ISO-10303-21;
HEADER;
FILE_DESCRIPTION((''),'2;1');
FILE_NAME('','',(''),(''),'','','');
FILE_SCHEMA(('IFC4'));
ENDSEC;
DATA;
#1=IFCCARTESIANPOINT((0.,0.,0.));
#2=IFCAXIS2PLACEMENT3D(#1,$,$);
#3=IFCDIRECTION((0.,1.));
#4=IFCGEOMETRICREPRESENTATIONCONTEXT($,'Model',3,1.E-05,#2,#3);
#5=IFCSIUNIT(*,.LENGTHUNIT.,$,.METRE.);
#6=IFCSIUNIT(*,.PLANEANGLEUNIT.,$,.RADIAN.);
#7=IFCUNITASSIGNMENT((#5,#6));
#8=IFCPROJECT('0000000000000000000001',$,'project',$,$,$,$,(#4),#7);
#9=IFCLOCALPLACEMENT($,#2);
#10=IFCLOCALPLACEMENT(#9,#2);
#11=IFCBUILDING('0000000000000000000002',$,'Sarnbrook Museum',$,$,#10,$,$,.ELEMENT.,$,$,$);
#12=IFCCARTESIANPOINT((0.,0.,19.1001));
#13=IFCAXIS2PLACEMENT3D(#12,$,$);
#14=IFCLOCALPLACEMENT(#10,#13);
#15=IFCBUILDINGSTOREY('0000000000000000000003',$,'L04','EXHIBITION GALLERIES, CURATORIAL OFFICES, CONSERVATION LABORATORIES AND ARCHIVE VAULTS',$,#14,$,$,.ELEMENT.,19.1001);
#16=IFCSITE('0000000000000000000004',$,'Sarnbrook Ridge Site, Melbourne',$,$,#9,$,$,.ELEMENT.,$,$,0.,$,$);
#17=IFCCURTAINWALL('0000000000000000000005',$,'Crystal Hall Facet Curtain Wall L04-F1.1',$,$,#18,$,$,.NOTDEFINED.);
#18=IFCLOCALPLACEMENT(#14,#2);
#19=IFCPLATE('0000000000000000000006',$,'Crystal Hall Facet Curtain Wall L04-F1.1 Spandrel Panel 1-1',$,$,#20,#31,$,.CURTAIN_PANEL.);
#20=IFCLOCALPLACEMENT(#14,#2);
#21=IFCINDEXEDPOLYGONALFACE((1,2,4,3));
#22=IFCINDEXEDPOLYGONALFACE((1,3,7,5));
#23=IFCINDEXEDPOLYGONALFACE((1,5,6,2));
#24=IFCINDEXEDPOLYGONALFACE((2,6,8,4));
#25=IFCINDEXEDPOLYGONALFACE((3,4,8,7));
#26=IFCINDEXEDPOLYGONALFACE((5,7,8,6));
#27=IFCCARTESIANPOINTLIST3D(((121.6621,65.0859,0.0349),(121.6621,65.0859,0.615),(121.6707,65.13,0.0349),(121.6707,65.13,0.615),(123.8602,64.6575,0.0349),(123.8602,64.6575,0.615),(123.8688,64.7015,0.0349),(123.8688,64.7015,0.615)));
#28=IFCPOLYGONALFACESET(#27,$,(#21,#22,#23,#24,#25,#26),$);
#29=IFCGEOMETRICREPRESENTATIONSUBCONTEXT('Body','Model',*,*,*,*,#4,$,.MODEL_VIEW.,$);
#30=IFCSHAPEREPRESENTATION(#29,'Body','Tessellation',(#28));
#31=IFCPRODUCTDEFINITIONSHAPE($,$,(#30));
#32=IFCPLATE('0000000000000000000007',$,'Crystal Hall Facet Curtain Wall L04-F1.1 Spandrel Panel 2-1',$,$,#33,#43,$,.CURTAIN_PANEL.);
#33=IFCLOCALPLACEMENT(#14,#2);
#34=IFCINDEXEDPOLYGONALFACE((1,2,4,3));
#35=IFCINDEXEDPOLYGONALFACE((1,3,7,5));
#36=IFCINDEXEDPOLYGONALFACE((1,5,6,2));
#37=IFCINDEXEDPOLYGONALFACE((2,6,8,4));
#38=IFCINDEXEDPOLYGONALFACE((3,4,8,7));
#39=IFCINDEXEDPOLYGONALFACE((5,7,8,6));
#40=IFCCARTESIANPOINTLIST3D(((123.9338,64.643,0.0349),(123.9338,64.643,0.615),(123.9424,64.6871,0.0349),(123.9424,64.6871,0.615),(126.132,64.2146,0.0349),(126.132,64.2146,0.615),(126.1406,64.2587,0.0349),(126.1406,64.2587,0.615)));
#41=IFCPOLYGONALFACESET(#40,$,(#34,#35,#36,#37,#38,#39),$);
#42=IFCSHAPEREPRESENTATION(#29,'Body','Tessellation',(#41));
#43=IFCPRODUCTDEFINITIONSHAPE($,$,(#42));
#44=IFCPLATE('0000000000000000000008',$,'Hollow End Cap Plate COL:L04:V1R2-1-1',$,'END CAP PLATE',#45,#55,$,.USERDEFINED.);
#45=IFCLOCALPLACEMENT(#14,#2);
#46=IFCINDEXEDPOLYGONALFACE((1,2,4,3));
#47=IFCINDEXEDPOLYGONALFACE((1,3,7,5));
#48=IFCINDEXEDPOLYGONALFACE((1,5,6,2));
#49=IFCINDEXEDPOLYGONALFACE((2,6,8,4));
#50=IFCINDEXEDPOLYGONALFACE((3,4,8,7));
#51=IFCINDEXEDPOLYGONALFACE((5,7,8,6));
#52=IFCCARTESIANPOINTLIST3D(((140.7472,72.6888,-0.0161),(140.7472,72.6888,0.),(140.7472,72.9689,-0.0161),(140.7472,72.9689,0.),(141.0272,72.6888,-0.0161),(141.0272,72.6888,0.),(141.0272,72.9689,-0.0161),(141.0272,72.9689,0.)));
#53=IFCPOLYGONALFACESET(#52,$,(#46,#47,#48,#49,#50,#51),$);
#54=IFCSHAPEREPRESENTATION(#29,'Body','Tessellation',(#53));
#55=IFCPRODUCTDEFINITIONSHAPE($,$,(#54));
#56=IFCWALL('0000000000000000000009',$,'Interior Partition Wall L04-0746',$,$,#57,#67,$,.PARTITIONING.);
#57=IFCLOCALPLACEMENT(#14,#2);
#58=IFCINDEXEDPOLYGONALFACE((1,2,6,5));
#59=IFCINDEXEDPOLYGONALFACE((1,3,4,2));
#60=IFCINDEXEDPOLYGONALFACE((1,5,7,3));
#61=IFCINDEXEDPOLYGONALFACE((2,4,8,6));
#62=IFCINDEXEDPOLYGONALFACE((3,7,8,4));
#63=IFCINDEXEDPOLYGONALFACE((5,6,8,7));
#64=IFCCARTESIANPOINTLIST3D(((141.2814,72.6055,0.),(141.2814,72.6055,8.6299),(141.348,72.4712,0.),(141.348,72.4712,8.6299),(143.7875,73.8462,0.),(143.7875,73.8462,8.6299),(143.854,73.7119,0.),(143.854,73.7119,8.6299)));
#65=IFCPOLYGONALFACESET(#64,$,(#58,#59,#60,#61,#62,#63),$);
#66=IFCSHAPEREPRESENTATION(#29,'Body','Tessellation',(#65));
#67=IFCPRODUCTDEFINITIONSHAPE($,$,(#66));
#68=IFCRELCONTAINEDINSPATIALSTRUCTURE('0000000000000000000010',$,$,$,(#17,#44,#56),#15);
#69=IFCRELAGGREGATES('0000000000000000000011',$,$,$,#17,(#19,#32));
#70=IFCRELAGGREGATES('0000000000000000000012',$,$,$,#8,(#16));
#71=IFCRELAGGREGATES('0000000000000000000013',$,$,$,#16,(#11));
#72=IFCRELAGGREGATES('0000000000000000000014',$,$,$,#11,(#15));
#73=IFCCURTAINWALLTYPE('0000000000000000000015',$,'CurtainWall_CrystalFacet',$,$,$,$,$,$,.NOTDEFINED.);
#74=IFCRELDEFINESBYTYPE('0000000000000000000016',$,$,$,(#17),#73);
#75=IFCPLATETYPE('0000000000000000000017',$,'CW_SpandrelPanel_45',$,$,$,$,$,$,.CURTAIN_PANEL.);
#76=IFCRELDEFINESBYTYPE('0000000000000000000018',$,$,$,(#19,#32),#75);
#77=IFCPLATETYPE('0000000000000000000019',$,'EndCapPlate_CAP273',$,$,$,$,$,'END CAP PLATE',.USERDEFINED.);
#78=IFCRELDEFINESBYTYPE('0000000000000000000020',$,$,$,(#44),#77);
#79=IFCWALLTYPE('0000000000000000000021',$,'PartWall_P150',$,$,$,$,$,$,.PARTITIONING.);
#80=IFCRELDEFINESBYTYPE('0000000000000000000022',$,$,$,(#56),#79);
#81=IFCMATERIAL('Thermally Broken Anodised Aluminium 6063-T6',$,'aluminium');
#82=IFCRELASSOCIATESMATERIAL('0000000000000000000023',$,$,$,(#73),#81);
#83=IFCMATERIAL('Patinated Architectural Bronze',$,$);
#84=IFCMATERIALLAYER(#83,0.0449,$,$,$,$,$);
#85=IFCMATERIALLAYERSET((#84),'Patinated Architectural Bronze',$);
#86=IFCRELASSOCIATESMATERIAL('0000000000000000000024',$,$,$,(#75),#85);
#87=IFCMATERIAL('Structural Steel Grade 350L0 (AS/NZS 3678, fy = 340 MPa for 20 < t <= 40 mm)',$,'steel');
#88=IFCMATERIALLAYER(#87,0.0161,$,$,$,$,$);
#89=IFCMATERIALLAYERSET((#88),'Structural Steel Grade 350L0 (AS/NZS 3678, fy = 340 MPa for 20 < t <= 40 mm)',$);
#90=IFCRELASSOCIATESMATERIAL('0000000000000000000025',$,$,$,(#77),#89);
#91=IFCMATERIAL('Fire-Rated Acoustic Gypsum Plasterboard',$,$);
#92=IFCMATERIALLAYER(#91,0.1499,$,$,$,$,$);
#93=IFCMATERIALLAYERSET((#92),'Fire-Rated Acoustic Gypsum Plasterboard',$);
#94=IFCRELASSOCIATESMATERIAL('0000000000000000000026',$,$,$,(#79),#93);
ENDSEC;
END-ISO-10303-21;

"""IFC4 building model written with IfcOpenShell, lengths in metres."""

from ifc_helpers import new_model, si_unit, direction, frame, frame_2d, origin, origin_2d, place, context, subcontext, project, spatial, rectangle, extrude, material, layer, layer_set, type_object, element, aggregate, save


model = new_model("IFC4")

# Units and contexts
model_context = context("Model", 3, precision=1e-05, world=origin(), true_north=direction((0.0, 1.0)))
body_context = subcontext(model_context, "Body", "Model", "MODEL_VIEW")
ifc_project = project(units=[si_unit("LENGTHUNIT", "METRE"), si_unit("PLANEANGLEUNIT", "RADIAN")], contexts=[model_context])

# Site, building, storey
site_placement = place(None, origin())
site = spatial("IfcSite", under=ifc_project, at=site_placement, Name="Sarnbrook Ridge Site, Melbourne", CompositionType="ELEMENT", RefElevation=0.0)
building_placement = place(site_placement, origin())
building = spatial("IfcBuilding", under=site, at=building_placement, Name="Sarnbrook Museum", CompositionType="ELEMENT")
storey_placement = place(building_placement, frame((0.0, 0.0, 19.1001)))
storey = spatial("IfcBuildingStorey", under=building, at=storey_placement, Name="L04", Description="EXHIBITION GALLERIES, CURATORIAL OFFICES, CONSERVATION LABORATORIES AND ARCHIVE VAULTS", CompositionType="ELEMENT", Elevation=19.1001)

# Shared definitions
ifc_material_1 = material(Name="Structural Steel Grade 350L0 (AS/NZS 3678, fy = 340 MPa for 20 < t <= 40 mm)", Category="steel")

# Curtain wall
ifc_material_2 = material(Name="Thermally Broken Anodised Aluminium 6063-T6", Category="aluminium")
curtain_wall_type = type_object("IfcCurtainWallType", Name="CurtainWall_CrystalFacet", PredefinedType="NOTDEFINED", material=ifc_material_2)
curtain_wall_placement = place(storey_placement, origin())
curtain_wall = element("IfcCurtainWall", 1, at=curtain_wall_placement, inside=storey, type_object=curtain_wall_type, Name="Crystal Hall Facet Curtain Wall L04-F1.1", PredefinedType="NOTDEFINED")

# Plates
ifc_material_3 = material(Name="Patinated Architectural Bronze")
ifc_layer_1 = layer(ifc_material_3, 0.0449)
ifc_layer_set_1 = layer_set([ifc_layer_1], Name="Patinated Architectural Bronze")
plate_type_1 = type_object("IfcPlateType", Name="CW_SpandrelPanel_45", PredefinedType="CURTAIN_PANEL", material=ifc_layer_set_1)
plate_1_placement = place(storey_placement, frame((122.7698, 64.9158, 0.325), z_axis=(-0.191313, -0.981529, 0.0), x_axis=(0.981529, -0.191313, 0.0)))
plate_1 = element("IfcPlate", 2, at=plate_1_placement, type_object=plate_type_1, Name="Crystal Hall Facet Curtain Wall L04-F1.1 Spandrel Panel 1-1", PredefinedType="CURTAIN_PANEL", context=body_context, shape_type="SweptSolid", body=[
    extrude(rectangle(XDim=2.2395, YDim=0.5801, at=origin_2d()), origin(), (0.0, 0.0, 1.0), 0.0449),
])
plate_2_placement = place(storey_placement, frame((125.0415, 64.4729, 0.325), z_axis=(-0.191313, -0.981529, 0.0), x_axis=(0.981529, -0.191313, 0.0)))
plate_2 = element("IfcPlate", 3, at=plate_2_placement, type_object=plate_type_1, Name="Crystal Hall Facet Curtain Wall L04-F1.1 Spandrel Panel 2-1", PredefinedType="CURTAIN_PANEL", context=body_context, shape_type="SweptSolid", body=[
    extrude(rectangle(XDim=2.2395, YDim=0.5801, at=origin_2d()), origin(), (0.0, 0.0, 1.0), 0.0449),
])
aggregate(curtain_wall, [plate_1, plate_2])
ifc_layer_2 = layer(ifc_material_1, 0.0161)
ifc_layer_set_2 = layer_set([ifc_layer_2], Name="Structural Steel Grade 350L0 (AS/NZS 3678, fy = 340 MPa for 20 < t <= 40 mm)")
plate_type_2 = type_object("IfcPlateType", Name="EndCapPlate_CAP273", ElementType="END CAP PLATE", PredefinedType="USERDEFINED", material=ifc_layer_set_2)
plate_3_placement = place(storey_placement, frame((140.8872, 72.8289, -0.0161), z_axis=(0.0, 0.0, 1.0), x_axis=(1.0, 0.0, 0.0)))
element("IfcPlate", 4, at=plate_3_placement, inside=storey, type_object=plate_type_2, Name="Hollow End Cap Plate COL:L04:V1R2-1-1", ObjectType="END CAP PLATE", PredefinedType="USERDEFINED", context=body_context, shape_type="SweptSolid", body=[
    extrude(rectangle(XDim=0.28, YDim=0.28, at=origin_2d()), origin(), (0.0, 0.0, 1.0), 0.0161),
])

# Wall
ifc_material_4 = material(Name="Fire-Rated Acoustic Gypsum Plasterboard")
ifc_layer_3 = layer(ifc_material_4, 0.1499)
ifc_layer_set_3 = layer_set([ifc_layer_3], Name="Fire-Rated Acoustic Gypsum Plasterboard")
wall_type = type_object("IfcWallType", Name="PartWall_P150", PredefinedType="PARTITIONING", material=ifc_layer_set_3)
wall_placement = place(storey_placement, frame((141.3147, 72.5383, 0.0), z_axis=(0.0, 0.0, 1.0), x_axis=(0.896184, 0.443683, 0.0)))
element("IfcWall", 5, at=wall_placement, inside=storey, type_object=wall_type, Name="Interior Partition Wall L04-0746", PredefinedType="PARTITIONING", context=body_context, shape_type="SweptSolid", body=[
    extrude(rectangle(XDim=2.7964, YDim=0.1499, at=frame_2d((1.3982, 0.0))), origin(), (0.0, 0.0, 1.0), 8.6299),
])

save(model, "model.ifc")
